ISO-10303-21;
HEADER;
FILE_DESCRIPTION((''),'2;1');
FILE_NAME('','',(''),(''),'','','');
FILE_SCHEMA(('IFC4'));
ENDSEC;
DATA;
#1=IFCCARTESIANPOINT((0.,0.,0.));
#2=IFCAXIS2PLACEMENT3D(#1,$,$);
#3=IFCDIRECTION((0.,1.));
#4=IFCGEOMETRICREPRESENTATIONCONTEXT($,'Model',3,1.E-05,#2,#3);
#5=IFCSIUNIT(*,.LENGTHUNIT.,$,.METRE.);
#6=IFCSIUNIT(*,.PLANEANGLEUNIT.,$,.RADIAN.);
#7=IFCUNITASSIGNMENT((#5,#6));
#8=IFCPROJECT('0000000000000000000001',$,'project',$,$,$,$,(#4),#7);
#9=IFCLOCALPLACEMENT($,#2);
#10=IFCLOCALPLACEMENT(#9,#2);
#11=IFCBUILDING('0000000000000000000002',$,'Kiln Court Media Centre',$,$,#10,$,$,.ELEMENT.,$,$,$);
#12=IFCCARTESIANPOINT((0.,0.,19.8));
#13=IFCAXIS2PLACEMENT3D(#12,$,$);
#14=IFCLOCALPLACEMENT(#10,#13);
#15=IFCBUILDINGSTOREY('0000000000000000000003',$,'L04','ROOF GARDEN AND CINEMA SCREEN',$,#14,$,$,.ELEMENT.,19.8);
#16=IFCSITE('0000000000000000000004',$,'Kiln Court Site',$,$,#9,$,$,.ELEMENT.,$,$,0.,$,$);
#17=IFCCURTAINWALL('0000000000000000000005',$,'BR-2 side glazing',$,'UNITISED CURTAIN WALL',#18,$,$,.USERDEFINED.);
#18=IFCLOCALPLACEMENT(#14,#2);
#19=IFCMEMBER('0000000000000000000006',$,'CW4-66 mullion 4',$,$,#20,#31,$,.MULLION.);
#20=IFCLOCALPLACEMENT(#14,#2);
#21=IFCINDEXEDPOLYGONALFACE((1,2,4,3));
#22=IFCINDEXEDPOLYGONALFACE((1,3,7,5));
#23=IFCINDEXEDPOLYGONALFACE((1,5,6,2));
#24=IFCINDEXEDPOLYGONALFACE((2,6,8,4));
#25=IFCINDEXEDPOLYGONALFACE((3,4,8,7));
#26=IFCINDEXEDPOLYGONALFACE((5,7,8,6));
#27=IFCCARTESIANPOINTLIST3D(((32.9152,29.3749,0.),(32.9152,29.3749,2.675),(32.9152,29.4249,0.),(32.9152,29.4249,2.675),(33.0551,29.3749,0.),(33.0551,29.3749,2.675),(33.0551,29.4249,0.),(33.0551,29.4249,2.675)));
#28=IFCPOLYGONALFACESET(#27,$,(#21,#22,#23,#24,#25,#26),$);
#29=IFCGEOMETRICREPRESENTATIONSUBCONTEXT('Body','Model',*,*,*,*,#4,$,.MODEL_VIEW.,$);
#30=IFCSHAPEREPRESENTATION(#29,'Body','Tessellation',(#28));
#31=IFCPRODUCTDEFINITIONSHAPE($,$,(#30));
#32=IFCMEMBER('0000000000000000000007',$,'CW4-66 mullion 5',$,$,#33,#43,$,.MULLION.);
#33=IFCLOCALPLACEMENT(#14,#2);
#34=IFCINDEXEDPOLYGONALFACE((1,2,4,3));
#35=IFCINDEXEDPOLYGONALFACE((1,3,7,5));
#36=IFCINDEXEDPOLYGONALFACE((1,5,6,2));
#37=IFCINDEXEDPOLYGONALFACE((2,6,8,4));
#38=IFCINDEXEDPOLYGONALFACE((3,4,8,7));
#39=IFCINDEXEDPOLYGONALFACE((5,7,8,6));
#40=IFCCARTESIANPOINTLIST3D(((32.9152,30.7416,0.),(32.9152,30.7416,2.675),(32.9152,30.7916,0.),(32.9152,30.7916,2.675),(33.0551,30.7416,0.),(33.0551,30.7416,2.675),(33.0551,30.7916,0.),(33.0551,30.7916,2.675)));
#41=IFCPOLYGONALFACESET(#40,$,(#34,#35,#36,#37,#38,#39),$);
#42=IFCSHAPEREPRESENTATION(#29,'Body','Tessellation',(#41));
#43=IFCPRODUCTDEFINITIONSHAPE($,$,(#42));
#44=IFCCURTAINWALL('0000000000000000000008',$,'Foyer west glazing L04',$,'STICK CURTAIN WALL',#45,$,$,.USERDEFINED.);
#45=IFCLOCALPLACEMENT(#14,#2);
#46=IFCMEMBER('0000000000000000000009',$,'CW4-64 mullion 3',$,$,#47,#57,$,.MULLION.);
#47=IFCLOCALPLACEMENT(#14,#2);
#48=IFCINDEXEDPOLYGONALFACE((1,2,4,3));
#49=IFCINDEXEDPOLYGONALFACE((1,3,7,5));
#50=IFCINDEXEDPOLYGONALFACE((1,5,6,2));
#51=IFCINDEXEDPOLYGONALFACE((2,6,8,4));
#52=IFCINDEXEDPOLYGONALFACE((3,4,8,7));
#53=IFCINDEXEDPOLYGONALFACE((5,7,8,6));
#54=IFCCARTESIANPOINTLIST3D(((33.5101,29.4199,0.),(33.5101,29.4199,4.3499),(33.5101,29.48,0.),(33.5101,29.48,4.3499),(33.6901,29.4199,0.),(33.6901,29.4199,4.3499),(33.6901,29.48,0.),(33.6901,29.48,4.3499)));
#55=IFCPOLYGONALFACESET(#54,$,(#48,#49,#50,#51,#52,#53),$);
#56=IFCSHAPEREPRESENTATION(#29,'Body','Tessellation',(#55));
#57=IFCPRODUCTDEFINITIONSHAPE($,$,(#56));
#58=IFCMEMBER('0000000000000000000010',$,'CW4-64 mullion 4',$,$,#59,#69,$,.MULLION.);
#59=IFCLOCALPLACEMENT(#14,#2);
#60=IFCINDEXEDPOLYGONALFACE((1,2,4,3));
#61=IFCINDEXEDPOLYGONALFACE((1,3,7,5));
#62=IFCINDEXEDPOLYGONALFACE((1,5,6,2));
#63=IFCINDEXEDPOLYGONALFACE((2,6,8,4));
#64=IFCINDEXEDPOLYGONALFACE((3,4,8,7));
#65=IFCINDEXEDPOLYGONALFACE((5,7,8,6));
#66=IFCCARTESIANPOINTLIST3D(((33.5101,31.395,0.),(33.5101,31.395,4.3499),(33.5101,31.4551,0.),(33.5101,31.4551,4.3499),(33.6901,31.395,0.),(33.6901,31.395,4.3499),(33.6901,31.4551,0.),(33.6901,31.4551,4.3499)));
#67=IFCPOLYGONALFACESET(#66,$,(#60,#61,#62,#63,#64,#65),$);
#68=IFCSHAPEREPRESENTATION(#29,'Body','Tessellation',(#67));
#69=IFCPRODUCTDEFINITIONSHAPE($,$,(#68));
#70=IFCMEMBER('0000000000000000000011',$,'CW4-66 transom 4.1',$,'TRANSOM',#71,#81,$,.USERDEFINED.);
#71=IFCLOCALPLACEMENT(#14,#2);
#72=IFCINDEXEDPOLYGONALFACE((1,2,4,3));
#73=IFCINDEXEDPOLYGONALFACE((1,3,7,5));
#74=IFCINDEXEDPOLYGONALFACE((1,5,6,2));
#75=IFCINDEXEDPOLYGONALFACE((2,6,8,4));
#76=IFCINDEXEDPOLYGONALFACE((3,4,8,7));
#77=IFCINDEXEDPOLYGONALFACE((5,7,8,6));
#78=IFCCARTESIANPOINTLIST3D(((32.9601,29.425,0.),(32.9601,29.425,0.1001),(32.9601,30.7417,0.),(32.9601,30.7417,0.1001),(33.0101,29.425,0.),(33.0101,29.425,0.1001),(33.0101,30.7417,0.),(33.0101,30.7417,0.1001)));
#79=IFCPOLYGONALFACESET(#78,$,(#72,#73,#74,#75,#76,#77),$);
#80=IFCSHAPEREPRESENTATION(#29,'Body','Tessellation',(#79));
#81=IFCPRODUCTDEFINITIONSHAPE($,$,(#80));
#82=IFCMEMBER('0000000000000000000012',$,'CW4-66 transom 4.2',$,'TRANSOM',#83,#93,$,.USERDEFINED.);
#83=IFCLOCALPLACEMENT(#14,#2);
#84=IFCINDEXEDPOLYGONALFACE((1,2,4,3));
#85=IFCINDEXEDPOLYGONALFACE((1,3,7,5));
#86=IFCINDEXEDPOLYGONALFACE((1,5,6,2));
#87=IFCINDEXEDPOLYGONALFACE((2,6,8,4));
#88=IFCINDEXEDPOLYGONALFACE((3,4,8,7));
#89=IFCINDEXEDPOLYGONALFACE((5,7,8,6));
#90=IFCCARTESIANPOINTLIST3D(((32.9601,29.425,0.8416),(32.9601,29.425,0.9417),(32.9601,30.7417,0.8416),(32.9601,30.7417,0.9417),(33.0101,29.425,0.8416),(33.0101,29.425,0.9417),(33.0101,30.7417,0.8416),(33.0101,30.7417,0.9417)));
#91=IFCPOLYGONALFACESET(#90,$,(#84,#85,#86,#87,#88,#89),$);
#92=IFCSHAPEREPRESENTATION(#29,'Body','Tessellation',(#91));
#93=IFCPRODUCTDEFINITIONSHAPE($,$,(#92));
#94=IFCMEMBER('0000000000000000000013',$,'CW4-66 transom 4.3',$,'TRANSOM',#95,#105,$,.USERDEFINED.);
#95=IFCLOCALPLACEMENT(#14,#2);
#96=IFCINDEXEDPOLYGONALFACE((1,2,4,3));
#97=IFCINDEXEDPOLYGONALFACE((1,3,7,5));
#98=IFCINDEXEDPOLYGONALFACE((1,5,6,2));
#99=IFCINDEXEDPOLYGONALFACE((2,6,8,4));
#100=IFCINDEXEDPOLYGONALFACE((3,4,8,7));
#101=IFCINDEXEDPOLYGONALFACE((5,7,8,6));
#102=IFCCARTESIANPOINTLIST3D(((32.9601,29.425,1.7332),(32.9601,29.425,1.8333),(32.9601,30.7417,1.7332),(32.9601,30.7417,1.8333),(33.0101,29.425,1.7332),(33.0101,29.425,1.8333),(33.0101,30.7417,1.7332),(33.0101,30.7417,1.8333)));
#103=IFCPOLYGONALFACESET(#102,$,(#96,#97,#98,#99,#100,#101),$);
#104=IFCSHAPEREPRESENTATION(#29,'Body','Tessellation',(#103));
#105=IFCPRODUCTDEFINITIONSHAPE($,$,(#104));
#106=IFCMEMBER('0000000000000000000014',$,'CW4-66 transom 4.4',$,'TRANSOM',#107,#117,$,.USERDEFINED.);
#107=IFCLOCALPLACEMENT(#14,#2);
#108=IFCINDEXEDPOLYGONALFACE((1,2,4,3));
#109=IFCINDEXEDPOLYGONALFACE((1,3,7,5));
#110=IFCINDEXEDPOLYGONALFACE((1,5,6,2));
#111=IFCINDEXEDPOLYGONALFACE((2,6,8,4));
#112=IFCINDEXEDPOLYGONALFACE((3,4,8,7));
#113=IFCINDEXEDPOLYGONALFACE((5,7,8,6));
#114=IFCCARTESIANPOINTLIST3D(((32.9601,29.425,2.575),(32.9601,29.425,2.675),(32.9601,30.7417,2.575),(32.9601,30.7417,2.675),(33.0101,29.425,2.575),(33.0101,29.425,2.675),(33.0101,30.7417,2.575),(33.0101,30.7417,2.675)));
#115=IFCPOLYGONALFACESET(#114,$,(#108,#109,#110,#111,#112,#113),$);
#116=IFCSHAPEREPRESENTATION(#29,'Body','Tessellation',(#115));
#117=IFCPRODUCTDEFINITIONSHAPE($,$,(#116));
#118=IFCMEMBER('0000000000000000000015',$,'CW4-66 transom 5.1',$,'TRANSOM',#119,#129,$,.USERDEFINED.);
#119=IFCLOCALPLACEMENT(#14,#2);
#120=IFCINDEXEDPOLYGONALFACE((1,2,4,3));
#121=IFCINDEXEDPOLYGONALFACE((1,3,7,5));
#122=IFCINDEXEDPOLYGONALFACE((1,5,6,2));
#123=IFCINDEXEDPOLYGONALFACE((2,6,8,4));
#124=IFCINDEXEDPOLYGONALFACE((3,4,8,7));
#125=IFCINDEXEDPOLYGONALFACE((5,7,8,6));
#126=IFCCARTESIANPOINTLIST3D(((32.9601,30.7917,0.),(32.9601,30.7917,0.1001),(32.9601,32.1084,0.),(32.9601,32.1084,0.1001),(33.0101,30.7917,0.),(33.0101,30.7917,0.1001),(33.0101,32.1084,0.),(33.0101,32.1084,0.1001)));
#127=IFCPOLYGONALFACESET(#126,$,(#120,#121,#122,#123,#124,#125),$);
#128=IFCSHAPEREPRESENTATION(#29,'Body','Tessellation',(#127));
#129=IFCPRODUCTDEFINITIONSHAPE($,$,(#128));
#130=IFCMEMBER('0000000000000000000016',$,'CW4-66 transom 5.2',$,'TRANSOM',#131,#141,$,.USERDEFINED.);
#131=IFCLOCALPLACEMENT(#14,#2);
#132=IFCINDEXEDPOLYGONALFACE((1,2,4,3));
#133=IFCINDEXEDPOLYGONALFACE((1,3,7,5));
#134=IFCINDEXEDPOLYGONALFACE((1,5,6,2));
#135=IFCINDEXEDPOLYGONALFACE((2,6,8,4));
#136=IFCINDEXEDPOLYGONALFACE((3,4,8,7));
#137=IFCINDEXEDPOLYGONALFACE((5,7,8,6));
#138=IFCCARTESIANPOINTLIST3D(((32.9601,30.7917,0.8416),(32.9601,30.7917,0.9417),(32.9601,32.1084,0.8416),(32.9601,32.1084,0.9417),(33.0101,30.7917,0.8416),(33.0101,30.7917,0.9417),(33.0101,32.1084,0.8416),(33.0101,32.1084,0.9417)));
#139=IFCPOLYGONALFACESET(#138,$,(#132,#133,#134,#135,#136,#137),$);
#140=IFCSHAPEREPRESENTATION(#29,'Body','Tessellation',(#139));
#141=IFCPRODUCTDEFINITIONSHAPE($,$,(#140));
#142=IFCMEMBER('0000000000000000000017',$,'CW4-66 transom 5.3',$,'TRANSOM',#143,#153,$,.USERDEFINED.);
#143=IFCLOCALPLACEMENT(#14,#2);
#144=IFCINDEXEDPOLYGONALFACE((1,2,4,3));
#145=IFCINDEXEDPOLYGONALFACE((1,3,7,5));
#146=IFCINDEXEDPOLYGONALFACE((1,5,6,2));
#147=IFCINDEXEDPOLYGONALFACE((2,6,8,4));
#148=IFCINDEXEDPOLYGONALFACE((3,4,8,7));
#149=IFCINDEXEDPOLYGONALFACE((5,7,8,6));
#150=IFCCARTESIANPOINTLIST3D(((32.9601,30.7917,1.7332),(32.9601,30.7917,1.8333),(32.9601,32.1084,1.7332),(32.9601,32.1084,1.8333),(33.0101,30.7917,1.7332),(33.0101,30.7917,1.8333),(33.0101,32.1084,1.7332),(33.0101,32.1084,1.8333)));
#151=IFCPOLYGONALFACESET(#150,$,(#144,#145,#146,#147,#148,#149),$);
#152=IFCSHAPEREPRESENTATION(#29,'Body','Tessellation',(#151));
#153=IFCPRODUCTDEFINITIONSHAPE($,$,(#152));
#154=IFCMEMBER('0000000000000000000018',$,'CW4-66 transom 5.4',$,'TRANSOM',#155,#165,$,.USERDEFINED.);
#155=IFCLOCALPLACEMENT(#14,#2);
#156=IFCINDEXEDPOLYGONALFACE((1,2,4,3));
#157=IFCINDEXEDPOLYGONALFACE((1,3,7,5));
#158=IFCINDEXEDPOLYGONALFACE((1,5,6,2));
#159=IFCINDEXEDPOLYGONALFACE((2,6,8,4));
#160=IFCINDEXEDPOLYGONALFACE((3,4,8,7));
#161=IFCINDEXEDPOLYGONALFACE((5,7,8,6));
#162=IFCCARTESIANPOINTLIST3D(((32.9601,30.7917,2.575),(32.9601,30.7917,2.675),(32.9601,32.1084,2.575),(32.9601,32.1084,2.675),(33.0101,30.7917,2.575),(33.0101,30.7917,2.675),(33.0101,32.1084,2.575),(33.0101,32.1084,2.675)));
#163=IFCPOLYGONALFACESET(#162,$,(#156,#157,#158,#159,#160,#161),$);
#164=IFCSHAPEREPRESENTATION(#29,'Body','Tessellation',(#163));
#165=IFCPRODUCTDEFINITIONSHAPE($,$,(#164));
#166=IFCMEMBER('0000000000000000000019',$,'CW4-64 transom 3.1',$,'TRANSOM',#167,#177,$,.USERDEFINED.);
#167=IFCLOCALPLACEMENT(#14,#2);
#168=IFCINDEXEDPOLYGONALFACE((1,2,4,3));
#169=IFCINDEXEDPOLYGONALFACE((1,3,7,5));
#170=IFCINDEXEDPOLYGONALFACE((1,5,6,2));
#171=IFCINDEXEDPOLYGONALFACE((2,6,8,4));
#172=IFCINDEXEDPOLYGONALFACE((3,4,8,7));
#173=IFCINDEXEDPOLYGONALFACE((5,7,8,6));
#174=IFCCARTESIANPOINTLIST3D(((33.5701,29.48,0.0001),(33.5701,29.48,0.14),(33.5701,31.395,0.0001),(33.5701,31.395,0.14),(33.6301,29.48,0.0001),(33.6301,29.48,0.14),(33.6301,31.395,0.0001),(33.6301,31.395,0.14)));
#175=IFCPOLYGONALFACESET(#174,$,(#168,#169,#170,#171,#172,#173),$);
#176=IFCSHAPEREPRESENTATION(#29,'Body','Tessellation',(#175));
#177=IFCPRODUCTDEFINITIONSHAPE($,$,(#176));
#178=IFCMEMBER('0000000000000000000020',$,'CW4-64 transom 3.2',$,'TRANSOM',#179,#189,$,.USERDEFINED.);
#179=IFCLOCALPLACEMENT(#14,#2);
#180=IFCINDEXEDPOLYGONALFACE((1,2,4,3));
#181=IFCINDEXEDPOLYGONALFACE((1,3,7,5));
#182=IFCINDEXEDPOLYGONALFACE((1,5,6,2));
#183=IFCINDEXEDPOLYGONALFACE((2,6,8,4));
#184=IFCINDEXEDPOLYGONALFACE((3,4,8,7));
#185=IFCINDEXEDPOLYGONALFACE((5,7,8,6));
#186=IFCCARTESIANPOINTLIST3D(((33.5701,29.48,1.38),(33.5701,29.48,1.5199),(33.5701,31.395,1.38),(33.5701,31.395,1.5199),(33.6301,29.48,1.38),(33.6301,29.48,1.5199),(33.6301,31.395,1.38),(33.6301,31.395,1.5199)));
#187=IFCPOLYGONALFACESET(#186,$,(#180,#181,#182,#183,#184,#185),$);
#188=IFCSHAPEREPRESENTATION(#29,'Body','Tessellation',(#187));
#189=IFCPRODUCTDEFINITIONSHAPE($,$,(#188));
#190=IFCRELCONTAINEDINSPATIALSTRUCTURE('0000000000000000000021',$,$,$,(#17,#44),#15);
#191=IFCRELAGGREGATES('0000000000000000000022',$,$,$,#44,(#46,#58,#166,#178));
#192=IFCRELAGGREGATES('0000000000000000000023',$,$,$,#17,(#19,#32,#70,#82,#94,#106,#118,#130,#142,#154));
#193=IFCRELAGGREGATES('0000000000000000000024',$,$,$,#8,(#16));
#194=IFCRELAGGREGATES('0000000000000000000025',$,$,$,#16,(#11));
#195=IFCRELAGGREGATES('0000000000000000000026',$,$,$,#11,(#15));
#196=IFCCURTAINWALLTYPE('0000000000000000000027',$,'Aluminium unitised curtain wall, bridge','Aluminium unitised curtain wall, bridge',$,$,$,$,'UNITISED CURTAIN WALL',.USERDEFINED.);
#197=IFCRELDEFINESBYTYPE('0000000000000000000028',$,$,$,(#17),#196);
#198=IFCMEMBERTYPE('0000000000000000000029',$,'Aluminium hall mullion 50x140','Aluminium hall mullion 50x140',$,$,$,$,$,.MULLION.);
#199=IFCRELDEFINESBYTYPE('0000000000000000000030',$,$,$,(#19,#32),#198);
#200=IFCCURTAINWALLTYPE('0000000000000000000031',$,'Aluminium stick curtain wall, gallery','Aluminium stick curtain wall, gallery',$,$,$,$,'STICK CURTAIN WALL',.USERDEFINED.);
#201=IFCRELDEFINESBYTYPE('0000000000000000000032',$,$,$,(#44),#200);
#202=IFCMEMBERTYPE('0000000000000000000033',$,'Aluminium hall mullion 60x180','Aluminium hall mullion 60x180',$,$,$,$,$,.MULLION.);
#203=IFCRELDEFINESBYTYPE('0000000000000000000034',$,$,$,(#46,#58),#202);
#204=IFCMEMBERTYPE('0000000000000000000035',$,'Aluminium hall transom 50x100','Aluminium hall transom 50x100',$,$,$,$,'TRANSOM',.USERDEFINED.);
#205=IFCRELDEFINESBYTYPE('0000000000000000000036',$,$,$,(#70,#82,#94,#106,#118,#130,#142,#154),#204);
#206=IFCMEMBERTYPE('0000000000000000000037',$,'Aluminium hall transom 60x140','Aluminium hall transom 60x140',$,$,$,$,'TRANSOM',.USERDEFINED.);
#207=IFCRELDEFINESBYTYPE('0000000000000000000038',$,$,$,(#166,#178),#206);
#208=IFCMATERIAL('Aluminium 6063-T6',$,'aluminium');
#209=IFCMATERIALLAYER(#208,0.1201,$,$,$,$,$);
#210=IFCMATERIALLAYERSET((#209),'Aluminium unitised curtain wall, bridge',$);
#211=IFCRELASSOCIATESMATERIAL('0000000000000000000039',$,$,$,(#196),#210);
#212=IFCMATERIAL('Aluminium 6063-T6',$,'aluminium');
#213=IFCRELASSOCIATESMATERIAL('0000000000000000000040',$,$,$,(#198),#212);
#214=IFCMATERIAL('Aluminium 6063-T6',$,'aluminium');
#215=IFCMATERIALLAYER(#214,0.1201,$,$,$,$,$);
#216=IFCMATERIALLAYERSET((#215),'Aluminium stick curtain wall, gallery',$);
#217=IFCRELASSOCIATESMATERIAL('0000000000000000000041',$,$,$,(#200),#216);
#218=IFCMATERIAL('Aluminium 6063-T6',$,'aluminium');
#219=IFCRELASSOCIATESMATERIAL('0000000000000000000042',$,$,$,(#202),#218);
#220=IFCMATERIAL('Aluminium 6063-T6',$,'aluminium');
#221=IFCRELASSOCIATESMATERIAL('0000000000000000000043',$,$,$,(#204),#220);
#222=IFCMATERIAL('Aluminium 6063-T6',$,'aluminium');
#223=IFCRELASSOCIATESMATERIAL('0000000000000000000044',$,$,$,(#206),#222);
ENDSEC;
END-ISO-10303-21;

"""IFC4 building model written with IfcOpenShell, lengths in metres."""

from ifc_helpers import new_model, si_unit, direction, frame, origin, origin_2d, place, context, subcontext, project, spatial, rectangle, extrude, material, layer, layer_set, material_profile, profile_set, type_object, element, aggregate, save


model = new_model("IFC4")

# Units and contexts
model_context = context("Model", 3, precision=1e-05, world=origin(), true_north=direction((0.0, 1.0)))
body_context = subcontext(model_context, "Body", "Model", "MODEL_VIEW")
ifc_project = project(units=[si_unit("LENGTHUNIT", "METRE"), si_unit("PLANEANGLEUNIT", "RADIAN")], contexts=[model_context])

# Site, building, storey
site_placement = place(None, origin())
site = spatial("IfcSite", under=ifc_project, at=site_placement, Name="Kiln Court Site", CompositionType="ELEMENT", RefElevation=0.0)
building_placement = place(site_placement, origin())
building = spatial("IfcBuilding", under=site, at=building_placement, Name="Kiln Court Media Centre", CompositionType="ELEMENT")
storey_placement = place(building_placement, frame((0.0, 0.0, 19.8)))
storey = spatial("IfcBuildingStorey", under=building, at=storey_placement, Name="L04", Description="ROOF GARDEN AND CINEMA SCREEN", CompositionType="ELEMENT", Elevation=19.8)

# Curtain walls, members
ifc_material_1 = material(Name="Aluminium 6063-T6", Category="aluminium")
ifc_layer_1 = layer(ifc_material_1, 0.1201)
ifc_layer_set_1 = layer_set([ifc_layer_1], Name="Aluminium unitised curtain wall, bridge")
curtain_wall_type_1 = type_object("IfcCurtainWallType", Name="Aluminium unitised curtain wall, bridge", Description="Aluminium unitised curtain wall, bridge", ElementType="UNITISED CURTAIN WALL", PredefinedType="USERDEFINED", material=ifc_layer_set_1)
curtain_wall_1_placement = place(storey_placement, origin())
curtain_wall_1 = element("IfcCurtainWall", 1, at=curtain_wall_1_placement, inside=storey, type_object=curtain_wall_type_1, Name="BR-2 side glazing", ObjectType="UNITISED CURTAIN WALL", PredefinedType="USERDEFINED")
ifc_material_2 = material(Name="Aluminium 6063-T6", Category="aluminium")
ifc_material_profile_1 = material_profile(ifc_material_2, rectangle(XDim=0.05, YDim=0.1399, at=origin_2d()), Name="Aluminium hall mullion 50x140")
ifc_profile_set_1 = profile_set([ifc_material_profile_1], Name="Aluminium 6063-T6")
member_type_1 = type_object("IfcMemberType", Name="Aluminium hall mullion 50x140", Description="Aluminium hall mullion 50x140", PredefinedType="MULLION", material=ifc_profile_set_1)
member_1_placement = place(storey_placement, frame((32.9851, 29.3999, 0.0), z_axis=(0.0, 0.0, 1.0), x_axis=(0.0, 1.0, 0.0)))
member_1 = element("IfcMember", 2, at=member_1_placement, type_object=member_type_1, Name="CW4-66 mullion 4", PredefinedType="MULLION", context=body_context, shape_type="SweptSolid", body=[
    extrude(rectangle(XDim=0.05, YDim=0.1399, at=origin_2d()), origin(), (0.0, 0.0, 1.0), 2.675),
])
member_2_placement = place(storey_placement, frame((32.9851, 30.7666, 0.0), z_axis=(0.0, 0.0, 1.0), x_axis=(0.0, 1.0, 0.0)))
member_2 = element("IfcMember", 3, at=member_2_placement, type_object=member_type_1, Name="CW4-66 mullion 5", PredefinedType="MULLION", context=body_context, shape_type="SweptSolid", body=[
    extrude(rectangle(XDim=0.05, YDim=0.1399, at=origin_2d()), origin(), (0.0, 0.0, 1.0), 2.675),
])
ifc_material_3 = material(Name="Aluminium 6063-T6", Category="aluminium")
ifc_layer_2 = layer(ifc_material_3, 0.1201)
ifc_layer_set_2 = layer_set([ifc_layer_2], Name="Aluminium stick curtain wall, gallery")
curtain_wall_type_2 = type_object("IfcCurtainWallType", Name="Aluminium stick curtain wall, gallery", Description="Aluminium stick curtain wall, gallery", ElementType="STICK CURTAIN WALL", PredefinedType="USERDEFINED", material=ifc_layer_set_2)
curtain_wall_2_placement = place(storey_placement, origin())
curtain_wall_2 = element("IfcCurtainWall", 4, at=curtain_wall_2_placement, inside=storey, type_object=curtain_wall_type_2, Name="Foyer west glazing L04", ObjectType="STICK CURTAIN WALL", PredefinedType="USERDEFINED")
ifc_material_4 = material(Name="Aluminium 6063-T6", Category="aluminium")
ifc_material_profile_2 = material_profile(ifc_material_4, rectangle(XDim=0.0601, YDim=0.1799, at=origin_2d()), Name="Aluminium hall mullion 60x180")
ifc_profile_set_2 = profile_set([ifc_material_profile_2], Name="Aluminium 6063-T6")
member_type_2 = type_object("IfcMemberType", Name="Aluminium hall mullion 60x180", Description="Aluminium hall mullion 60x180", PredefinedType="MULLION", material=ifc_profile_set_2)
member_3_placement = place(storey_placement, frame((33.6001, 29.45, 0.0), z_axis=(0.0, 0.0, 1.0), x_axis=(0.0, 1.0, 0.0)))
member_3 = element("IfcMember", 5, at=member_3_placement, type_object=member_type_2, Name="CW4-64 mullion 3", PredefinedType="MULLION", context=body_context, shape_type="SweptSolid", body=[
    extrude(rectangle(XDim=0.0601, YDim=0.1799, at=origin_2d()), origin(), (0.0, 0.0, 1.0), 4.3499),
])
member_4_placement = place(storey_placement, frame((33.6001, 31.425, 0.0), z_axis=(0.0, 0.0, 1.0), x_axis=(0.0, 1.0, 0.0)))
member_4 = element("IfcMember", 6, at=member_4_placement, type_object=member_type_2, Name="CW4-64 mullion 4", PredefinedType="MULLION", context=body_context, shape_type="SweptSolid", body=[
    extrude(rectangle(XDim=0.0601, YDim=0.1799, at=origin_2d()), origin(), (0.0, 0.0, 1.0), 4.3499),
])

# Members
ifc_material_5 = material(Name="Aluminium 6063-T6", Category="aluminium")
ifc_material_profile_3 = material_profile(ifc_material_5, rectangle(XDim=0.05, YDim=0.1001, at=origin_2d()), Name="Aluminium hall transom 50x100")
ifc_profile_set_3 = profile_set([ifc_material_profile_3], Name="Aluminium 6063-T6")
member_type_3 = type_object("IfcMemberType", Name="Aluminium hall transom 50x100", Description="Aluminium hall transom 50x100", ElementType="TRANSOM", PredefinedType="USERDEFINED", material=ifc_profile_set_3)
member_5_placement = place(storey_placement, frame((32.9851, 29.425, 0.05), z_axis=(0.0, 1.0, 0.0), x_axis=(-1.0, 0.0, 0.0)))
member_5 = element("IfcMember", 7, at=member_5_placement, type_object=member_type_3, Name="CW4-66 transom 4.1", ObjectType="TRANSOM", PredefinedType="USERDEFINED", context=body_context, shape_type="SweptSolid", body=[
    extrude(rectangle(XDim=0.05, YDim=0.1001, at=origin_2d()), origin(), (0.0, 0.0, 1.0), 1.3167),
])
member_6_placement = place(storey_placement, frame((32.9851, 29.425, 0.8916), z_axis=(0.0, 1.0, 0.0), x_axis=(-1.0, 0.0, 0.0)))
member_6 = element("IfcMember", 8, at=member_6_placement, type_object=member_type_3, Name="CW4-66 transom 4.2", ObjectType="TRANSOM", PredefinedType="USERDEFINED", context=body_context, shape_type="SweptSolid", body=[
    extrude(rectangle(XDim=0.05, YDim=0.1001, at=origin_2d()), origin(), (0.0, 0.0, 1.0), 1.3167),
])
member_7_placement = place(storey_placement, frame((32.9851, 29.425, 1.7832), z_axis=(0.0, 1.0, 0.0), x_axis=(-1.0, 0.0, 0.0)))
member_7 = element("IfcMember", 9, at=member_7_placement, type_object=member_type_3, Name="CW4-66 transom 4.3", ObjectType="TRANSOM", PredefinedType="USERDEFINED", context=body_context, shape_type="SweptSolid", body=[
    extrude(rectangle(XDim=0.05, YDim=0.1001, at=origin_2d()), origin(), (0.0, 0.0, 1.0), 1.3167),
])
member_8_placement = place(storey_placement, frame((32.9851, 29.425, 2.625), z_axis=(0.0, 1.0, 0.0), x_axis=(-1.0, 0.0, 0.0)))
member_8 = element("IfcMember", 10, at=member_8_placement, type_object=member_type_3, Name="CW4-66 transom 4.4", ObjectType="TRANSOM", PredefinedType="USERDEFINED", context=body_context, shape_type="SweptSolid", body=[
    extrude(rectangle(XDim=0.05, YDim=0.1001, at=origin_2d()), origin(), (0.0, 0.0, 1.0), 1.3167),
])
member_9_placement = place(storey_placement, frame((32.9851, 30.7917, 0.05), z_axis=(0.0, 1.0, 0.0), x_axis=(-1.0, 0.0, 0.0)))
member_9 = element("IfcMember", 11, at=member_9_placement, type_object=member_type_3, Name="CW4-66 transom 5.1", ObjectType="TRANSOM", PredefinedType="USERDEFINED", context=body_context, shape_type="SweptSolid", body=[
    extrude(rectangle(XDim=0.05, YDim=0.1001, at=origin_2d()), origin(), (0.0, 0.0, 1.0), 1.3167),
])
member_10_placement = place(storey_placement, frame((32.9851, 30.7917, 0.8916), z_axis=(0.0, 1.0, 0.0), x_axis=(-1.0, 0.0, 0.0)))
member_10 = element("IfcMember", 12, at=member_10_placement, type_object=member_type_3, Name="CW4-66 transom 5.2", ObjectType="TRANSOM", PredefinedType="USERDEFINED", context=body_context, shape_type="SweptSolid", body=[
    extrude(rectangle(XDim=0.05, YDim=0.1001, at=origin_2d()), origin(), (0.0, 0.0, 1.0), 1.3167),
])
member_11_placement = place(storey_placement, frame((32.9851, 30.7917, 1.7832), z_axis=(0.0, 1.0, 0.0), x_axis=(-1.0, 0.0, 0.0)))
member_11 = element("IfcMember", 13, at=member_11_placement, type_object=member_type_3, Name="CW4-66 transom 5.3", ObjectType="TRANSOM", PredefinedType="USERDEFINED", context=body_context, shape_type="SweptSolid", body=[
    extrude(rectangle(XDim=0.05, YDim=0.1001, at=origin_2d()), origin(), (0.0, 0.0, 1.0), 1.3167),
])
member_12_placement = place(storey_placement, frame((32.9851, 30.7917, 2.625), z_axis=(0.0, 1.0, 0.0), x_axis=(-1.0, 0.0, 0.0)))
member_12 = element("IfcMember", 14, at=member_12_placement, type_object=member_type_3, Name="CW4-66 transom 5.4", ObjectType="TRANSOM", PredefinedType="USERDEFINED", context=body_context, shape_type="SweptSolid", body=[
    extrude(rectangle(XDim=0.05, YDim=0.1001, at=origin_2d()), origin(), (0.0, 0.0, 1.0), 1.3167),
])
ifc_material_6 = material(Name="Aluminium 6063-T6", Category="aluminium")
ifc_material_profile_4 = material_profile(ifc_material_6, rectangle(XDim=0.0601, YDim=0.1399, at=origin_2d()), Name="Aluminium hall transom 60x140")
ifc_profile_set_4 = profile_set([ifc_material_profile_4], Name="Aluminium 6063-T6")
member_type_4 = type_object("IfcMemberType", Name="Aluminium hall transom 60x140", Description="Aluminium hall transom 60x140", ElementType="TRANSOM", PredefinedType="USERDEFINED", material=ifc_profile_set_4)
member_13_placement = place(storey_placement, frame((33.6001, 29.48, 0.0701), z_axis=(0.0, 1.0, 0.0), x_axis=(-1.0, 0.0, 0.0)))
member_13 = element("IfcMember", 15, at=member_13_placement, type_object=member_type_4, Name="CW4-64 transom 3.1", ObjectType="TRANSOM", PredefinedType="USERDEFINED", context=body_context, shape_type="SweptSolid", body=[
    extrude(rectangle(XDim=0.0601, YDim=0.1399, at=origin_2d()), origin(), (0.0, 0.0, 1.0), 1.915),
])
member_14_placement = place(storey_placement, frame((33.6001, 29.48, 1.45), z_axis=(0.0, 1.0, 0.0), x_axis=(-1.0, 0.0, 0.0)))
member_14 = element("IfcMember", 16, at=member_14_placement, type_object=member_type_4, Name="CW4-64 transom 3.2", ObjectType="TRANSOM", PredefinedType="USERDEFINED", context=body_context, shape_type="SweptSolid", body=[
    extrude(rectangle(XDim=0.0601, YDim=0.1399, at=origin_2d()), origin(), (0.0, 0.0, 1.0), 1.915),
])
aggregate(curtain_wall_2, [member_3, member_4, member_13, member_14])

aggregate(curtain_wall_1, [member_1, member_2, member_5, member_6, member_7, member_8, member_9, member_10, member_11, member_12])

save(model, "model.ifc")
